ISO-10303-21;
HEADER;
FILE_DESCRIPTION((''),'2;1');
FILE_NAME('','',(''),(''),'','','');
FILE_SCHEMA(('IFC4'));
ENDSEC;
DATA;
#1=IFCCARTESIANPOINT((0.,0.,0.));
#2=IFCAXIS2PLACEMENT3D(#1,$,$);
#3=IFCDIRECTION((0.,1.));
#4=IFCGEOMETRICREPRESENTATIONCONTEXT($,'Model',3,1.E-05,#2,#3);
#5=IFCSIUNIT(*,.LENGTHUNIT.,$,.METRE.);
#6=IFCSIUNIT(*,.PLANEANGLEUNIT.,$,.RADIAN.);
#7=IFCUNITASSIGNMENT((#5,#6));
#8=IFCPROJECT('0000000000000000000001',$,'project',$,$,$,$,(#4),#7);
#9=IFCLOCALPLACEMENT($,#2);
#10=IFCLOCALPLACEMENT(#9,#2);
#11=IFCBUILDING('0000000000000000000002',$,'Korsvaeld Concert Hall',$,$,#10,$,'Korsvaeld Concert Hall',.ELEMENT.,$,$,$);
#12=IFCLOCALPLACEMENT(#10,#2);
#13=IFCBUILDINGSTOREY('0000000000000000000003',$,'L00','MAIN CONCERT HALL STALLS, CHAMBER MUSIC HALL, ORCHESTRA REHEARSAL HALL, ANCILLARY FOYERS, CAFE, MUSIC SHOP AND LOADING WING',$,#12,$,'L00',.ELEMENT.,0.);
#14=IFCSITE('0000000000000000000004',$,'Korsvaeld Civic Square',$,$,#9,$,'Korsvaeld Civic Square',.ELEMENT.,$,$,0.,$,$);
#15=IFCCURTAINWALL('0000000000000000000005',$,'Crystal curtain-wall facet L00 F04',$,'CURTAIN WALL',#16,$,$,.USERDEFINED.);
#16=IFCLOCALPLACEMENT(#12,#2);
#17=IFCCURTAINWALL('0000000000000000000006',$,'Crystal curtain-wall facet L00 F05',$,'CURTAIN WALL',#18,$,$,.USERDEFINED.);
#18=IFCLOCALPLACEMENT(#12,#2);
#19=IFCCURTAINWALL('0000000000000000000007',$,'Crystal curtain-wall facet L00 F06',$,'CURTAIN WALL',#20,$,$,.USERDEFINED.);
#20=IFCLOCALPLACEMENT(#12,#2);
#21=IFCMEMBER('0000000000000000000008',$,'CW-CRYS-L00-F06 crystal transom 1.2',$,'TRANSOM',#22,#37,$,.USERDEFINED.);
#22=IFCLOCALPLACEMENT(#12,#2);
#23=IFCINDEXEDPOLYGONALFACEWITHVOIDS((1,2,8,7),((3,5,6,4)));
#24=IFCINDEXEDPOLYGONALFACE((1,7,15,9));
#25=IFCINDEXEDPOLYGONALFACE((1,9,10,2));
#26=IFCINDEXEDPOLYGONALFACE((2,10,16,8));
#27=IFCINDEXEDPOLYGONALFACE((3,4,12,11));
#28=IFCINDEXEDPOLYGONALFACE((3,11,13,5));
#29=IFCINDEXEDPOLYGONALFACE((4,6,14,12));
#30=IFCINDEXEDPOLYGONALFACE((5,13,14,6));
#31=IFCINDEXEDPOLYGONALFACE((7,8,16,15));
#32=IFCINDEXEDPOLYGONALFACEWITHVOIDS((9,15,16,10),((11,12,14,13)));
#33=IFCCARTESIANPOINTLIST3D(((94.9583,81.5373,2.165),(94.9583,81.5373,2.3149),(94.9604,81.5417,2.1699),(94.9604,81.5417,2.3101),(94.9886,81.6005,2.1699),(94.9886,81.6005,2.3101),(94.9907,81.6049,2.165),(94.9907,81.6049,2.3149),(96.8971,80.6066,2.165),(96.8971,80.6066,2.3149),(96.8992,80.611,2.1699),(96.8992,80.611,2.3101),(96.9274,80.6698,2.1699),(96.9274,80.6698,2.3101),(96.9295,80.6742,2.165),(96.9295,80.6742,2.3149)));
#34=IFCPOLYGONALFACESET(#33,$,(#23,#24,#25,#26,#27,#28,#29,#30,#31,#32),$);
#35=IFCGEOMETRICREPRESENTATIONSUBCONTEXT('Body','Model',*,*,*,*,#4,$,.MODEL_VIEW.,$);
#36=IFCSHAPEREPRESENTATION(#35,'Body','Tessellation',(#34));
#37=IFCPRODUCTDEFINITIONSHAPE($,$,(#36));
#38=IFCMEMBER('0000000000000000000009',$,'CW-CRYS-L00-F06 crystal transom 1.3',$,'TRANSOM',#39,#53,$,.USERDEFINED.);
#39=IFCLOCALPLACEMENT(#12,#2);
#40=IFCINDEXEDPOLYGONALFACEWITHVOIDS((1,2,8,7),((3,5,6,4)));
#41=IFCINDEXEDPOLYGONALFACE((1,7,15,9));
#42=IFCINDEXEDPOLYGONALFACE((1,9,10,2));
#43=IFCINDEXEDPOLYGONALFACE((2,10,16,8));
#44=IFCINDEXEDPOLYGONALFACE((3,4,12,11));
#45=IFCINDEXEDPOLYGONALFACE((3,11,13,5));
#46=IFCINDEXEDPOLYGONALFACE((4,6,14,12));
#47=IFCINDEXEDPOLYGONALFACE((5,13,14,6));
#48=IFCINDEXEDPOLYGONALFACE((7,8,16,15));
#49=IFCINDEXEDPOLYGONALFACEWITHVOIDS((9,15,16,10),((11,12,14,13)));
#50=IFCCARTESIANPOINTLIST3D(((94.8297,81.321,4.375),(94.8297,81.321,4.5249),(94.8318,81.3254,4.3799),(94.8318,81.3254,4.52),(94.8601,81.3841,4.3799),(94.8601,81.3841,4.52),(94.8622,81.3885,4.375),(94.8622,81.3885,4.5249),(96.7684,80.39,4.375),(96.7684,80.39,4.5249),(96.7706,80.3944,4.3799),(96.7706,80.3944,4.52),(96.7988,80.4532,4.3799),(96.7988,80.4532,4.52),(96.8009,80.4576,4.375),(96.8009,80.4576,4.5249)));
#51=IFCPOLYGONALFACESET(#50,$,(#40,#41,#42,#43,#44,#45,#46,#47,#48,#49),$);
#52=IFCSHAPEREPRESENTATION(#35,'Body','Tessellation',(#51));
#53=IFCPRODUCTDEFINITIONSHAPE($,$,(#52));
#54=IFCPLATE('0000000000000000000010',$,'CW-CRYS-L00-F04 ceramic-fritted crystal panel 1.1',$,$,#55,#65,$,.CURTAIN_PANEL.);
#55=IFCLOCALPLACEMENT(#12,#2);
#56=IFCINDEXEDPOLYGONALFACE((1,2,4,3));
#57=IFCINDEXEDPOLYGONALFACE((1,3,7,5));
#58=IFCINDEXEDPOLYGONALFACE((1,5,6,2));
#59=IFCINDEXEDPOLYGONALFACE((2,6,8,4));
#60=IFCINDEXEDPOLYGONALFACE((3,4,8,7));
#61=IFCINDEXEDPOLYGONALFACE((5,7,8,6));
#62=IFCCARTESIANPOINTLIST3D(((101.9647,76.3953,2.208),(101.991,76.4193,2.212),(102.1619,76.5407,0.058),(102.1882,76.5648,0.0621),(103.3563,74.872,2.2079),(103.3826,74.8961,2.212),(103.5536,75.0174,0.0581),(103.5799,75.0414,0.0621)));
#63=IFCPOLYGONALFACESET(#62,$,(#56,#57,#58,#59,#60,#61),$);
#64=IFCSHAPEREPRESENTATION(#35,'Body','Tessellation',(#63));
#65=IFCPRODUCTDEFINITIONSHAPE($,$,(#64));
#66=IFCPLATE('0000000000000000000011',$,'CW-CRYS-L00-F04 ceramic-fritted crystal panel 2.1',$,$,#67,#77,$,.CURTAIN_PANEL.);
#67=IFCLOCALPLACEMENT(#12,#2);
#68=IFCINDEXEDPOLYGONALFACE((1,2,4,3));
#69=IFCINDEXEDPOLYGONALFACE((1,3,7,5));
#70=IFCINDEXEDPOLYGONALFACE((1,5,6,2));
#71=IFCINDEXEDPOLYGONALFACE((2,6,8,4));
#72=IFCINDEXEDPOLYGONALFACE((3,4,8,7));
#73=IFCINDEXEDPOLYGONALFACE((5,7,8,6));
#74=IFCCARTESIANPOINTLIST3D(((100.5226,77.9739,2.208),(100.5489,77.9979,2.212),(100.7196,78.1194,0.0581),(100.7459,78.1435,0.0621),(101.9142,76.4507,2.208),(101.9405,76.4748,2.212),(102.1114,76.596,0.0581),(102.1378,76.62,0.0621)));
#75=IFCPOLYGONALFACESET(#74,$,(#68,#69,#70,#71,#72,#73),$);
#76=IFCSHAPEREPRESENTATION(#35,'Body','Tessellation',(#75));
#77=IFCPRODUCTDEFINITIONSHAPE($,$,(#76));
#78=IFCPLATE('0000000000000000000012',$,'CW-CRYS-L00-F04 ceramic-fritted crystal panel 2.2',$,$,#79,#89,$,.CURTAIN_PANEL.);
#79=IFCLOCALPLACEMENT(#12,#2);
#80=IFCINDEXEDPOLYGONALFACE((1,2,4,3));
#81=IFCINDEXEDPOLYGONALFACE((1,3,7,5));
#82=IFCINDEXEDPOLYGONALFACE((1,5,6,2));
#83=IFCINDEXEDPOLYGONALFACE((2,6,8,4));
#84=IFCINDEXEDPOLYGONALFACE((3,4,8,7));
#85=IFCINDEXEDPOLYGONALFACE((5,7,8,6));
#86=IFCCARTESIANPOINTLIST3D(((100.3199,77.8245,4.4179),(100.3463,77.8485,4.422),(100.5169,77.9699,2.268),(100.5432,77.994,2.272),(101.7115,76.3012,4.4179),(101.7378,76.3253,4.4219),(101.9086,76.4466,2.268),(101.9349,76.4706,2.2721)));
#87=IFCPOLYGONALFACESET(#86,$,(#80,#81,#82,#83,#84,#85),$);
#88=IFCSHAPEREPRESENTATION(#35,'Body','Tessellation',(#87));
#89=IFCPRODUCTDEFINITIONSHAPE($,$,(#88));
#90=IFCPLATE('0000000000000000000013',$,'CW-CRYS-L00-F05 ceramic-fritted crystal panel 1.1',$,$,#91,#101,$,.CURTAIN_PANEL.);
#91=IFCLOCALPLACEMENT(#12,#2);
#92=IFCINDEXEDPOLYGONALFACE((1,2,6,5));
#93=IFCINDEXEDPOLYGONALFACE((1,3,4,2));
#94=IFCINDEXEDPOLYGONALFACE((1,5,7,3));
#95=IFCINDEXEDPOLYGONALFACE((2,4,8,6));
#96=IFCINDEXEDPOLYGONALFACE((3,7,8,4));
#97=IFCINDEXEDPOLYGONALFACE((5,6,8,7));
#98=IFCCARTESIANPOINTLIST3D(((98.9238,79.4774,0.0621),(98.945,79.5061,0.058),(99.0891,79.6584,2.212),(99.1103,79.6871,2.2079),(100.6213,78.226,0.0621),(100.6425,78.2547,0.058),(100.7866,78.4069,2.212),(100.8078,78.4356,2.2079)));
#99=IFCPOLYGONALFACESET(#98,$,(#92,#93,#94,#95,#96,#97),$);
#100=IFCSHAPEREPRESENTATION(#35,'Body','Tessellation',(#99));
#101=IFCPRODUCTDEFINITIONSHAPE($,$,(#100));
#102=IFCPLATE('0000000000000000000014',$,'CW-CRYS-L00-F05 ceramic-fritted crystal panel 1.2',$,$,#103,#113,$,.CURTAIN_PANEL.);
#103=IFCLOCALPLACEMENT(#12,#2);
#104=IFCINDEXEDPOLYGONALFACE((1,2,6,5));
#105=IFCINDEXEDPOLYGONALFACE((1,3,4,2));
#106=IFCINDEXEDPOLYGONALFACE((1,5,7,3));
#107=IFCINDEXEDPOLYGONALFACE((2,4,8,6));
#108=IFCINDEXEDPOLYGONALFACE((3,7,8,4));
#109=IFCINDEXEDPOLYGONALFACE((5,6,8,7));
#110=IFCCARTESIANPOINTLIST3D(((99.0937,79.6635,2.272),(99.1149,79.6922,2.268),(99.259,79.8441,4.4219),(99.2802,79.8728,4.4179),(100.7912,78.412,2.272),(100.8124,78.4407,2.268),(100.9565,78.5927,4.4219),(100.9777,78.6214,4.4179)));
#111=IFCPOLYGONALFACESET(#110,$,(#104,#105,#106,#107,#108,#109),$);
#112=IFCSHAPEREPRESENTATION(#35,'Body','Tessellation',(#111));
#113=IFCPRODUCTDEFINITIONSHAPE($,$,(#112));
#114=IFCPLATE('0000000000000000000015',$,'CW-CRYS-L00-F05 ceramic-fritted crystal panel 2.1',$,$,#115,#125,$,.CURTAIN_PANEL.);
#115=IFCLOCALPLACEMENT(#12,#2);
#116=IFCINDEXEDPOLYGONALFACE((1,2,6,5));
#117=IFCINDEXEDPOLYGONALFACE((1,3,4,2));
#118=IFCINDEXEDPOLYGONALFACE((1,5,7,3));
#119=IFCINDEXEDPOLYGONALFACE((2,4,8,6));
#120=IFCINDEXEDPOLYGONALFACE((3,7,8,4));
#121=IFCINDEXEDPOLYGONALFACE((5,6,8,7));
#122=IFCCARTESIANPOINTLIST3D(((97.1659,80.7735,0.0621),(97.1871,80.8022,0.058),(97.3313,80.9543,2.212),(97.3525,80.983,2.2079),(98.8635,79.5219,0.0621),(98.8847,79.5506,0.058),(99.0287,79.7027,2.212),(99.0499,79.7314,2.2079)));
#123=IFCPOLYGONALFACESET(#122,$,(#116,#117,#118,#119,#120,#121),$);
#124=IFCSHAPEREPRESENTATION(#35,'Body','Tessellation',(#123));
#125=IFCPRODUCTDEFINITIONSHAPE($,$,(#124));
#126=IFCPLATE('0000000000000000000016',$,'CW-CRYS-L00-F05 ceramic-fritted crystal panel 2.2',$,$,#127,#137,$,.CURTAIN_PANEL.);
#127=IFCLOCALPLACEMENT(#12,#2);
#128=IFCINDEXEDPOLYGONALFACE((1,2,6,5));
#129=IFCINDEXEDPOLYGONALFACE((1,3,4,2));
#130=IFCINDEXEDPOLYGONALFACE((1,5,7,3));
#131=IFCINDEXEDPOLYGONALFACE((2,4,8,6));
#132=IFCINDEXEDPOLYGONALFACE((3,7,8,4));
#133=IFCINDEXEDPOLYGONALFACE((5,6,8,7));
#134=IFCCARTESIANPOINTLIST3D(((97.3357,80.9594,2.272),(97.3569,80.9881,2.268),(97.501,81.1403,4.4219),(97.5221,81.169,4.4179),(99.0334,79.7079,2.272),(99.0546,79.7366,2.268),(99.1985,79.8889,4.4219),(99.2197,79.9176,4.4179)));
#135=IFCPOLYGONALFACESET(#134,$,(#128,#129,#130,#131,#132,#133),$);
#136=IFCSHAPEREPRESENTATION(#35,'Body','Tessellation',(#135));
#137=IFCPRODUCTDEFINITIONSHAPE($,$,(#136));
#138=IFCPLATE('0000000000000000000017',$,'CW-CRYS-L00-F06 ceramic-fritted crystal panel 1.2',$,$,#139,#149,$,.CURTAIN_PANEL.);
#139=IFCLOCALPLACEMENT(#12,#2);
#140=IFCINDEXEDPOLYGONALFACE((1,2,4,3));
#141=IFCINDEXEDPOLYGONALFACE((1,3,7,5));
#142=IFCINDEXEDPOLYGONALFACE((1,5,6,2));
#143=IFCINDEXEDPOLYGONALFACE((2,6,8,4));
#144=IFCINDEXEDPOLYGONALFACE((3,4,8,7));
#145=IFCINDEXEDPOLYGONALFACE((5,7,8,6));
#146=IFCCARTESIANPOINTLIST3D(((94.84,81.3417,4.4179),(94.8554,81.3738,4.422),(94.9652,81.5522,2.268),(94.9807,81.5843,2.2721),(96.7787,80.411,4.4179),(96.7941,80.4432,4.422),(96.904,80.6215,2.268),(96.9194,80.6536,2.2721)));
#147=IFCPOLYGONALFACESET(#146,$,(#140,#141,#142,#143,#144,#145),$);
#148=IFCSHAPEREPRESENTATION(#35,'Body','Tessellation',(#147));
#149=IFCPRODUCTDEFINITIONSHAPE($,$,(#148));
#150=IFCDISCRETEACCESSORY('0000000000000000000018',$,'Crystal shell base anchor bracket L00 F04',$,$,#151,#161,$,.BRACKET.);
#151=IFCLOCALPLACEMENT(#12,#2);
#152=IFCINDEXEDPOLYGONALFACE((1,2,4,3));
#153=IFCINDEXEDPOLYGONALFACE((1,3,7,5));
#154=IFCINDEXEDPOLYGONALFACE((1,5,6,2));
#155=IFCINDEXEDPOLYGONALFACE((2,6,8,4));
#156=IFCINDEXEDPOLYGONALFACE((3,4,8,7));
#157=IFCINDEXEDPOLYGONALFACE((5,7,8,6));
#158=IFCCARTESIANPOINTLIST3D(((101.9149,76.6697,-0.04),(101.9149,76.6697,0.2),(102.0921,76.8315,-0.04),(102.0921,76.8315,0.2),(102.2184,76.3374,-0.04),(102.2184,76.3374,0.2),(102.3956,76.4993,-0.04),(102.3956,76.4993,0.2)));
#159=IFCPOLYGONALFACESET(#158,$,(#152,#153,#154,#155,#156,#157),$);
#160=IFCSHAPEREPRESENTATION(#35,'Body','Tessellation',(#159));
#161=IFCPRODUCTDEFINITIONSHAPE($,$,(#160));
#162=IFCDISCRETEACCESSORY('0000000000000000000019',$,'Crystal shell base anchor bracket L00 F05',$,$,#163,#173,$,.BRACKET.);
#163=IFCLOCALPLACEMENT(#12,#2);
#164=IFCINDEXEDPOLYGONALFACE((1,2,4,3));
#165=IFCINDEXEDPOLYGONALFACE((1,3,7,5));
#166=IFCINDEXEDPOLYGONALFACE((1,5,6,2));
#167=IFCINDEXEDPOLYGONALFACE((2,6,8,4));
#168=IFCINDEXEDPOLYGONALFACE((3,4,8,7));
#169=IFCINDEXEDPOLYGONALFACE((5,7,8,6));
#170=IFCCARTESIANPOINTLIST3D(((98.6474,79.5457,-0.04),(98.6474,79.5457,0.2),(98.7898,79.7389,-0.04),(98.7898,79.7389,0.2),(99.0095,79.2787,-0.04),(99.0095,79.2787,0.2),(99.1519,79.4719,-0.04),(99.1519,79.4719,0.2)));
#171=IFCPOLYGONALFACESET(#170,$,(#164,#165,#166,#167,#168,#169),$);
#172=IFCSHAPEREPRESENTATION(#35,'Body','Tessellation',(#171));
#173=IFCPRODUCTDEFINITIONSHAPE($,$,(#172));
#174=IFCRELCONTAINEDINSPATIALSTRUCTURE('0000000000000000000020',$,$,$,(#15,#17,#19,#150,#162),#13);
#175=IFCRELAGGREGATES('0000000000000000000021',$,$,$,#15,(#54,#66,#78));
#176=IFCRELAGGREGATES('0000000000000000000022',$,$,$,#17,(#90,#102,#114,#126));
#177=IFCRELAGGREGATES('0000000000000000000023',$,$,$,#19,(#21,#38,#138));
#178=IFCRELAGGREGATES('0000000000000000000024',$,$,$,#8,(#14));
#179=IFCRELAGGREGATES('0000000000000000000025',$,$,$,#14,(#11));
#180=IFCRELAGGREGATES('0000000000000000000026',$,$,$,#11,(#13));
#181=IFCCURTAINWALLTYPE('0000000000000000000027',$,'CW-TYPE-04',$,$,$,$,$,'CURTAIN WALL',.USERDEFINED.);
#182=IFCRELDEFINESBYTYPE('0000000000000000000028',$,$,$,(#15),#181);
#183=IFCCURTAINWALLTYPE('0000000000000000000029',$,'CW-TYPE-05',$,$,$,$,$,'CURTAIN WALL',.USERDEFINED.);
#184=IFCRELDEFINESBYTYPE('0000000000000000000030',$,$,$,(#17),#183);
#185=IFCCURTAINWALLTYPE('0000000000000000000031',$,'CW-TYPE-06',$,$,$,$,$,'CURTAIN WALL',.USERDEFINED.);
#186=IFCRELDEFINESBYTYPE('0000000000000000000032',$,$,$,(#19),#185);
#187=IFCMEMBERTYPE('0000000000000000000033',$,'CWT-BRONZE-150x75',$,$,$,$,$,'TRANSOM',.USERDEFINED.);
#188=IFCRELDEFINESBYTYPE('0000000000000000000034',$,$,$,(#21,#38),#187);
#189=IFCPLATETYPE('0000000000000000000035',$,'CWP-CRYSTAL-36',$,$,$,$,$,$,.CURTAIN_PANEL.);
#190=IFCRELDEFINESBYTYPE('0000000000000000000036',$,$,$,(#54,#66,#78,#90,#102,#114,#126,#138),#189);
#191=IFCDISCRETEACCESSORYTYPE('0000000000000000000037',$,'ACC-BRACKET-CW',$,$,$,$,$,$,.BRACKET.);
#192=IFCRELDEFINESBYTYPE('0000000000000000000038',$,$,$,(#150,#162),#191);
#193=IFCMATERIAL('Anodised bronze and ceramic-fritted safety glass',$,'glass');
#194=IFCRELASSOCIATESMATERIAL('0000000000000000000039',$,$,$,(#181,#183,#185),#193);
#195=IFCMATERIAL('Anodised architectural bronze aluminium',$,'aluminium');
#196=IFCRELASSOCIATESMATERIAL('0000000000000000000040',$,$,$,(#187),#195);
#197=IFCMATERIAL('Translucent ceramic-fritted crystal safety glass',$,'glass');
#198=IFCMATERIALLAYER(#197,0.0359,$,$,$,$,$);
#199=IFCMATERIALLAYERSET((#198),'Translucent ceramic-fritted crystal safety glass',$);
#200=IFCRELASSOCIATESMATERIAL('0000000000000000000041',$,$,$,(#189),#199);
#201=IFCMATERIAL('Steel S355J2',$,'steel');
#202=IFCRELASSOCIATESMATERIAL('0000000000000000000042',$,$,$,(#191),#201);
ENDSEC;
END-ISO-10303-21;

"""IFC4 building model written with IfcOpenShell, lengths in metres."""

from ifc_helpers import new_model, si_unit, direction, frame, origin, origin_2d, place, context, subcontext, project, spatial, polyline, rectangle, hollow_rectangle, outline, extrude, material, layer, layer_set, material_profile, profile_set, type_object, element, aggregate, save


model = new_model("IFC4")

# Units and contexts
model_context = context("Model", 3, precision=1e-05, world=origin(), true_north=direction((0.0, 1.0)))
body_context = subcontext(model_context, "Body", "Model", "MODEL_VIEW")
ifc_project = project(units=[si_unit("LENGTHUNIT", "METRE"), si_unit("PLANEANGLEUNIT", "RADIAN")], contexts=[model_context])

# Site, building, storey
site_placement = place(None, origin())
site = spatial("IfcSite", under=ifc_project, at=site_placement, Name="Korsvaeld Civic Square", LongName="Korsvaeld Civic Square", CompositionType="ELEMENT", RefElevation=0.0)
building_placement = place(site_placement, origin())
building = spatial("IfcBuilding", under=site, at=building_placement, Name="Korsvaeld Concert Hall", LongName="Korsvaeld Concert Hall", CompositionType="ELEMENT")
storey_placement = place(building_placement, origin())
storey = spatial("IfcBuildingStorey", under=building, at=storey_placement, Name="L00", Description="MAIN CONCERT HALL STALLS, CHAMBER MUSIC HALL, ORCHESTRA REHEARSAL HALL, ANCILLARY FOYERS, CAFE, MUSIC SHOP AND LOADING WING", LongName="L00", CompositionType="ELEMENT", Elevation=0.0)

# Curtain wall
ifc_material_1 = material(Name="Anodised bronze and ceramic-fritted safety glass", Category="glass")
curtain_wall_type_1 = type_object("IfcCurtainWallType", Name="CW-TYPE-04", ElementType="CURTAIN WALL", PredefinedType="USERDEFINED", material=ifc_material_1)
curtain_wall_1_placement = place(storey_placement, origin())
curtain_wall_1 = element("IfcCurtainWall", 1, at=curtain_wall_1_placement, inside=storey, type_object=curtain_wall_type_1, Name="Crystal curtain-wall facet L00 F04", ObjectType="CURTAIN WALL", PredefinedType="USERDEFINED")
ifc_material_2 = material(Name="Anodised architectural bronze aluminium", Category="aluminium")

# Curtain wall
curtain_wall_type_2 = type_object("IfcCurtainWallType", Name="CW-TYPE-05", ElementType="CURTAIN WALL", PredefinedType="USERDEFINED", material=ifc_material_1)
curtain_wall_2_placement = place(storey_placement, origin())
curtain_wall_2 = element("IfcCurtainWall", 2, at=curtain_wall_2_placement, inside=storey, type_object=curtain_wall_type_2, Name="Crystal curtain-wall facet L00 F05", ObjectType="CURTAIN WALL", PredefinedType="USERDEFINED")

# Shared definitions
ifc_material_profile_1 = material_profile(ifc_material_2, hollow_rectangle(XDim=0.075, YDim=0.1499, WallThickness=0.0049, at=origin_2d()), Name="CWT 150x75x5")
ifc_profile_set_1 = profile_set([ifc_material_profile_1], Name="Anodised architectural bronze aluminium")
member_type_1 = type_object("IfcMemberType", Name="CWT-BRONZE-150x75", ElementType="TRANSOM", PredefinedType="USERDEFINED", material=ifc_profile_set_1)

# Curtain wall, members
curtain_wall_type_3 = type_object("IfcCurtainWallType", Name="CW-TYPE-06", ElementType="CURTAIN WALL", PredefinedType="USERDEFINED", material=ifc_material_1)
curtain_wall_3_placement = place(storey_placement, origin())
curtain_wall_3 = element("IfcCurtainWall", 3, at=curtain_wall_3_placement, inside=storey, type_object=curtain_wall_type_3, Name="Crystal curtain-wall facet L00 F06", ObjectType="CURTAIN WALL", PredefinedType="USERDEFINED")
member_1_placement = place(storey_placement, frame((96.9133, 80.6404, 2.24), z_axis=(-0.901509, 0.432761, 0.0), x_axis=(-0.432761, -0.901509, 0.0)))
member_1 = element("IfcMember", 4, at=member_1_placement, type_object=member_type_1, Name="CW-CRYS-L00-F06 crystal transom 1.2", ObjectType="TRANSOM", PredefinedType="USERDEFINED", context=body_context, shape_type="SweptSolid", body=[
    extrude(hollow_rectangle(XDim=0.075, YDim=0.1499, WallThickness=0.0049, at=origin_2d()), origin(), (0.0, 0.0, 1.0), 2.1506),
])
member_2_placement = place(storey_placement, frame((96.7847, 80.4238, 4.45), z_axis=(-0.901465, 0.432853, 0.0), x_axis=(-0.432853, -0.901465, 0.0)))
member_2 = element("IfcMember", 5, at=member_2_placement, type_object=member_type_1, Name="CW-CRYS-L00-F06 crystal transom 1.3", ObjectType="TRANSOM", PredefinedType="USERDEFINED", context=body_context, shape_type="SweptSolid", body=[
    extrude(hollow_rectangle(XDim=0.075, YDim=0.1499, WallThickness=0.0049, at=origin_2d()), origin(), (0.0, 0.0, 1.0), 2.1506),
])

# Plates
ifc_material_3 = material(Name="Translucent ceramic-fritted crystal safety glass", Category="glass")
ifc_layer = layer(ifc_material_3, 0.0359)
ifc_layer_set = layer_set([ifc_layer], Name="Translucent ceramic-fritted crystal safety glass")
plate_type = type_object("IfcPlateType", Name="CWP-CRYSTAL-36", PredefinedType="CURTAIN_PANEL", material=ifc_layer_set)
plate_1_placement = place(storey_placement, frame((103.5667, 75.0293, 0.0601), z_axis=(0.733607, 0.670175, 0.112633), x_axis=(-0.674467, 0.738305, -0.000004)))
plate_1 = element("IfcPlate", 6, at=plate_1_placement, type_object=plate_type, Name="CW-CRYS-L00-F04 ceramic-fritted crystal panel 1.1", PredefinedType="CURTAIN_PANEL", context=body_context, shape_type="SweptSolid", body=[
    extrude(outline(polyline([(0.0, 0.0), (2.0634, 0.0), (2.089, 2.1637), (0.0258, 2.1637), (0.0, 0.0)])), frame((0.0, 0.0, 0.0181)), (0.0, 0.0, -1.0), 0.0359),
])
plate_2_placement = place(storey_placement, frame((102.1245, 76.6079, 0.0601), z_axis=(0.733581, 0.670211, 0.112591), x_axis=(-0.674499, 0.738275, 0.0)))
plate_2 = element("IfcPlate", 7, at=plate_2_placement, type_object=plate_type, Name="CW-CRYS-L00-F04 ceramic-fritted crystal panel 2.1", PredefinedType="CURTAIN_PANEL", context=body_context, shape_type="SweptSolid", body=[
    extrude(outline(polyline([(0.0, 0.0), (2.0635, 0.0), (2.089, 2.1637), (0.0258, 2.1637), (0.0, 0.0)])), frame((0.0, 0.0, 0.0181)), (0.0, 0.0, -1.0), 0.0359),
])
plate_3_placement = place(storey_placement, frame((101.9216, 76.4585, 2.27), z_axis=(0.733614, 0.670182, 0.11255), x_axis=(-0.674467, 0.738305, -0.000004)))
plate_3 = element("IfcPlate", 8, at=plate_3_placement, type_object=plate_type, Name="CW-CRYS-L00-F04 ceramic-fritted crystal panel 2.2", PredefinedType="CURTAIN_PANEL", context=body_context, shape_type="SweptSolid", body=[
    extrude(outline(polyline([(0.0, 0.0), (2.0634, 0.0), (2.0888, 2.1637), (0.0256, 2.1636), (0.0, 0.0)])), frame((0.0, 0.0, 0.0181)), (0.0, 0.0, -1.0), 0.0359),
])
aggregate(curtain_wall_1, [plate_1, plate_2, plate_3])
plate_4_placement = place(storey_placement, frame((100.6318, 78.2402, 0.0601), z_axis=(0.589629, 0.799783, -0.11263), x_axis=(-0.804905, 0.593404, 0.0)))
plate_4 = element("IfcPlate", 9, at=plate_4_placement, type_object=plate_type, Name="CW-CRYS-L00-F05 ceramic-fritted crystal panel 1.1", PredefinedType="CURTAIN_PANEL", context=body_context, shape_type="SweptSolid", body=[
    extrude(outline(polyline([(0.0, 0.0), (2.109, 0.0), (2.0833, 2.1637), (-0.0257, 2.1637), (0.0, 0.0)])), frame((0.0, 0.0, 0.0181)), (0.0, 0.0, -1.0), 0.0359),
])
plate_5_placement = place(storey_placement, frame((100.8018, 78.4263, 2.27), z_axis=(0.589635, 0.799791, -0.11254), x_axis=(-0.804905, 0.593404, 0.0)))
plate_5 = element("IfcPlate", 10, at=plate_5_placement, type_object=plate_type, Name="CW-CRYS-L00-F05 ceramic-fritted crystal panel 1.2", PredefinedType="CURTAIN_PANEL", context=body_context, shape_type="SweptSolid", body=[
    extrude(outline(polyline([(0.0, 0.0), (2.109, 0.0), (2.0831, 2.1636), (-0.0258, 2.1636), (0.0, 0.0)])), frame((0.0, 0.0, 0.0181)), (0.0, 0.0, -1.0), 0.0359),
])
plate_6_placement = place(storey_placement, frame((98.874, 79.5361, 0.0601), z_axis=(0.589669, 0.799759, -0.112585), x_axis=(-0.804877, 0.593442, 0.000005)))
plate_6 = element("IfcPlate", 11, at=plate_6_placement, type_object=plate_type, Name="CW-CRYS-L00-F05 ceramic-fritted crystal panel 2.1", PredefinedType="CURTAIN_PANEL", context=body_context, shape_type="SweptSolid", body=[
    extrude(outline(polyline([(0.0, 0.0), (2.1091, 0.0), (2.0833, 2.1636), (-0.0257, 2.1637), (0.0, 0.0)])), frame((0.0, 0.0, 0.0181)), (0.0, 0.0, -1.0), 0.0359),
])
plate_7_placement = place(storey_placement, frame((99.0439, 79.7222, 2.27), z_axis=(0.589603, 0.799806, -0.112596), x_axis=(-0.804925, 0.593376, -0.000004)))
plate_7 = element("IfcPlate", 12, at=plate_7_placement, type_object=plate_type, Name="CW-CRYS-L00-F05 ceramic-fritted crystal panel 2.2", PredefinedType="CURTAIN_PANEL", context=body_context, shape_type="SweptSolid", body=[
    extrude(outline(polyline([(0.0, 0.0), (2.1092, 0.0), (2.0835, 2.1637), (-0.0255, 2.1637), (0.0, 0.0)])), frame((0.0, 0.0, 0.0181)), (0.0, 0.0, -1.0), 0.0359),
])
aggregate(curtain_wall_2, [plate_4, plate_5, plate_6, plate_7])
plate_8_placement = place(storey_placement, frame((96.9116, 80.6375, 2.27), z_axis=(0.430002, 0.895762, 0.112734), x_axis=(-0.901509, 0.432761, 0.0)))
plate_8 = element("IfcPlate", 13, at=plate_8_placement, type_object=plate_type, Name="CW-CRYS-L00-F06 ceramic-fritted crystal panel 1.2", PredefinedType="CURTAIN_PANEL", context=body_context, shape_type="SweptSolid", body=[
    extrude(outline(polyline([(0.0, 0.0), (2.1505, 0.0), (2.1724, 2.1637), (0.0218, 2.1637), (0.0, 0.0)])), frame((0.0, 0.0, 0.0181)), (0.0, 0.0, -1.0), 0.0359),
])
aggregate(curtain_wall_3, [member_1, member_2, plate_8])

# Discrete accessories
ifc_material_4 = material(Name="Steel S355J2", Category="steel")
discrete_accessory_type = type_object("IfcDiscreteAccessoryType", Name="ACC-BRACKET-CW", PredefinedType="BRACKET", material=ifc_material_4)
for number, where, z_axis, x_axis, name in (
    (14, (102.1553, 76.5845, -0.04), (0.0, 0.0, 1.0), (-0.674431, 0.738338, 0.0), "Crystal shell base anchor bracket L00 F04"),
    (15, (98.8997, 79.5088, -0.04), (0.0, 0.0, 1.0), (-0.804894, 0.593419, 0.0), "Crystal shell base anchor bracket L00 F05"),
):
    element("IfcDiscreteAccessory", number, at=place(storey_placement, frame(where, z_axis=z_axis, x_axis=x_axis)), inside=storey, type_object=discrete_accessory_type, Name=name, PredefinedType="BRACKET", context=body_context, shape_type="SweptSolid", body=[
        extrude(rectangle(XDim=0.45, YDim=0.24, at=origin_2d()), origin(), (0.0, 0.0, 1.0), 0.24),
    ])

save(model, "model.ifc")
